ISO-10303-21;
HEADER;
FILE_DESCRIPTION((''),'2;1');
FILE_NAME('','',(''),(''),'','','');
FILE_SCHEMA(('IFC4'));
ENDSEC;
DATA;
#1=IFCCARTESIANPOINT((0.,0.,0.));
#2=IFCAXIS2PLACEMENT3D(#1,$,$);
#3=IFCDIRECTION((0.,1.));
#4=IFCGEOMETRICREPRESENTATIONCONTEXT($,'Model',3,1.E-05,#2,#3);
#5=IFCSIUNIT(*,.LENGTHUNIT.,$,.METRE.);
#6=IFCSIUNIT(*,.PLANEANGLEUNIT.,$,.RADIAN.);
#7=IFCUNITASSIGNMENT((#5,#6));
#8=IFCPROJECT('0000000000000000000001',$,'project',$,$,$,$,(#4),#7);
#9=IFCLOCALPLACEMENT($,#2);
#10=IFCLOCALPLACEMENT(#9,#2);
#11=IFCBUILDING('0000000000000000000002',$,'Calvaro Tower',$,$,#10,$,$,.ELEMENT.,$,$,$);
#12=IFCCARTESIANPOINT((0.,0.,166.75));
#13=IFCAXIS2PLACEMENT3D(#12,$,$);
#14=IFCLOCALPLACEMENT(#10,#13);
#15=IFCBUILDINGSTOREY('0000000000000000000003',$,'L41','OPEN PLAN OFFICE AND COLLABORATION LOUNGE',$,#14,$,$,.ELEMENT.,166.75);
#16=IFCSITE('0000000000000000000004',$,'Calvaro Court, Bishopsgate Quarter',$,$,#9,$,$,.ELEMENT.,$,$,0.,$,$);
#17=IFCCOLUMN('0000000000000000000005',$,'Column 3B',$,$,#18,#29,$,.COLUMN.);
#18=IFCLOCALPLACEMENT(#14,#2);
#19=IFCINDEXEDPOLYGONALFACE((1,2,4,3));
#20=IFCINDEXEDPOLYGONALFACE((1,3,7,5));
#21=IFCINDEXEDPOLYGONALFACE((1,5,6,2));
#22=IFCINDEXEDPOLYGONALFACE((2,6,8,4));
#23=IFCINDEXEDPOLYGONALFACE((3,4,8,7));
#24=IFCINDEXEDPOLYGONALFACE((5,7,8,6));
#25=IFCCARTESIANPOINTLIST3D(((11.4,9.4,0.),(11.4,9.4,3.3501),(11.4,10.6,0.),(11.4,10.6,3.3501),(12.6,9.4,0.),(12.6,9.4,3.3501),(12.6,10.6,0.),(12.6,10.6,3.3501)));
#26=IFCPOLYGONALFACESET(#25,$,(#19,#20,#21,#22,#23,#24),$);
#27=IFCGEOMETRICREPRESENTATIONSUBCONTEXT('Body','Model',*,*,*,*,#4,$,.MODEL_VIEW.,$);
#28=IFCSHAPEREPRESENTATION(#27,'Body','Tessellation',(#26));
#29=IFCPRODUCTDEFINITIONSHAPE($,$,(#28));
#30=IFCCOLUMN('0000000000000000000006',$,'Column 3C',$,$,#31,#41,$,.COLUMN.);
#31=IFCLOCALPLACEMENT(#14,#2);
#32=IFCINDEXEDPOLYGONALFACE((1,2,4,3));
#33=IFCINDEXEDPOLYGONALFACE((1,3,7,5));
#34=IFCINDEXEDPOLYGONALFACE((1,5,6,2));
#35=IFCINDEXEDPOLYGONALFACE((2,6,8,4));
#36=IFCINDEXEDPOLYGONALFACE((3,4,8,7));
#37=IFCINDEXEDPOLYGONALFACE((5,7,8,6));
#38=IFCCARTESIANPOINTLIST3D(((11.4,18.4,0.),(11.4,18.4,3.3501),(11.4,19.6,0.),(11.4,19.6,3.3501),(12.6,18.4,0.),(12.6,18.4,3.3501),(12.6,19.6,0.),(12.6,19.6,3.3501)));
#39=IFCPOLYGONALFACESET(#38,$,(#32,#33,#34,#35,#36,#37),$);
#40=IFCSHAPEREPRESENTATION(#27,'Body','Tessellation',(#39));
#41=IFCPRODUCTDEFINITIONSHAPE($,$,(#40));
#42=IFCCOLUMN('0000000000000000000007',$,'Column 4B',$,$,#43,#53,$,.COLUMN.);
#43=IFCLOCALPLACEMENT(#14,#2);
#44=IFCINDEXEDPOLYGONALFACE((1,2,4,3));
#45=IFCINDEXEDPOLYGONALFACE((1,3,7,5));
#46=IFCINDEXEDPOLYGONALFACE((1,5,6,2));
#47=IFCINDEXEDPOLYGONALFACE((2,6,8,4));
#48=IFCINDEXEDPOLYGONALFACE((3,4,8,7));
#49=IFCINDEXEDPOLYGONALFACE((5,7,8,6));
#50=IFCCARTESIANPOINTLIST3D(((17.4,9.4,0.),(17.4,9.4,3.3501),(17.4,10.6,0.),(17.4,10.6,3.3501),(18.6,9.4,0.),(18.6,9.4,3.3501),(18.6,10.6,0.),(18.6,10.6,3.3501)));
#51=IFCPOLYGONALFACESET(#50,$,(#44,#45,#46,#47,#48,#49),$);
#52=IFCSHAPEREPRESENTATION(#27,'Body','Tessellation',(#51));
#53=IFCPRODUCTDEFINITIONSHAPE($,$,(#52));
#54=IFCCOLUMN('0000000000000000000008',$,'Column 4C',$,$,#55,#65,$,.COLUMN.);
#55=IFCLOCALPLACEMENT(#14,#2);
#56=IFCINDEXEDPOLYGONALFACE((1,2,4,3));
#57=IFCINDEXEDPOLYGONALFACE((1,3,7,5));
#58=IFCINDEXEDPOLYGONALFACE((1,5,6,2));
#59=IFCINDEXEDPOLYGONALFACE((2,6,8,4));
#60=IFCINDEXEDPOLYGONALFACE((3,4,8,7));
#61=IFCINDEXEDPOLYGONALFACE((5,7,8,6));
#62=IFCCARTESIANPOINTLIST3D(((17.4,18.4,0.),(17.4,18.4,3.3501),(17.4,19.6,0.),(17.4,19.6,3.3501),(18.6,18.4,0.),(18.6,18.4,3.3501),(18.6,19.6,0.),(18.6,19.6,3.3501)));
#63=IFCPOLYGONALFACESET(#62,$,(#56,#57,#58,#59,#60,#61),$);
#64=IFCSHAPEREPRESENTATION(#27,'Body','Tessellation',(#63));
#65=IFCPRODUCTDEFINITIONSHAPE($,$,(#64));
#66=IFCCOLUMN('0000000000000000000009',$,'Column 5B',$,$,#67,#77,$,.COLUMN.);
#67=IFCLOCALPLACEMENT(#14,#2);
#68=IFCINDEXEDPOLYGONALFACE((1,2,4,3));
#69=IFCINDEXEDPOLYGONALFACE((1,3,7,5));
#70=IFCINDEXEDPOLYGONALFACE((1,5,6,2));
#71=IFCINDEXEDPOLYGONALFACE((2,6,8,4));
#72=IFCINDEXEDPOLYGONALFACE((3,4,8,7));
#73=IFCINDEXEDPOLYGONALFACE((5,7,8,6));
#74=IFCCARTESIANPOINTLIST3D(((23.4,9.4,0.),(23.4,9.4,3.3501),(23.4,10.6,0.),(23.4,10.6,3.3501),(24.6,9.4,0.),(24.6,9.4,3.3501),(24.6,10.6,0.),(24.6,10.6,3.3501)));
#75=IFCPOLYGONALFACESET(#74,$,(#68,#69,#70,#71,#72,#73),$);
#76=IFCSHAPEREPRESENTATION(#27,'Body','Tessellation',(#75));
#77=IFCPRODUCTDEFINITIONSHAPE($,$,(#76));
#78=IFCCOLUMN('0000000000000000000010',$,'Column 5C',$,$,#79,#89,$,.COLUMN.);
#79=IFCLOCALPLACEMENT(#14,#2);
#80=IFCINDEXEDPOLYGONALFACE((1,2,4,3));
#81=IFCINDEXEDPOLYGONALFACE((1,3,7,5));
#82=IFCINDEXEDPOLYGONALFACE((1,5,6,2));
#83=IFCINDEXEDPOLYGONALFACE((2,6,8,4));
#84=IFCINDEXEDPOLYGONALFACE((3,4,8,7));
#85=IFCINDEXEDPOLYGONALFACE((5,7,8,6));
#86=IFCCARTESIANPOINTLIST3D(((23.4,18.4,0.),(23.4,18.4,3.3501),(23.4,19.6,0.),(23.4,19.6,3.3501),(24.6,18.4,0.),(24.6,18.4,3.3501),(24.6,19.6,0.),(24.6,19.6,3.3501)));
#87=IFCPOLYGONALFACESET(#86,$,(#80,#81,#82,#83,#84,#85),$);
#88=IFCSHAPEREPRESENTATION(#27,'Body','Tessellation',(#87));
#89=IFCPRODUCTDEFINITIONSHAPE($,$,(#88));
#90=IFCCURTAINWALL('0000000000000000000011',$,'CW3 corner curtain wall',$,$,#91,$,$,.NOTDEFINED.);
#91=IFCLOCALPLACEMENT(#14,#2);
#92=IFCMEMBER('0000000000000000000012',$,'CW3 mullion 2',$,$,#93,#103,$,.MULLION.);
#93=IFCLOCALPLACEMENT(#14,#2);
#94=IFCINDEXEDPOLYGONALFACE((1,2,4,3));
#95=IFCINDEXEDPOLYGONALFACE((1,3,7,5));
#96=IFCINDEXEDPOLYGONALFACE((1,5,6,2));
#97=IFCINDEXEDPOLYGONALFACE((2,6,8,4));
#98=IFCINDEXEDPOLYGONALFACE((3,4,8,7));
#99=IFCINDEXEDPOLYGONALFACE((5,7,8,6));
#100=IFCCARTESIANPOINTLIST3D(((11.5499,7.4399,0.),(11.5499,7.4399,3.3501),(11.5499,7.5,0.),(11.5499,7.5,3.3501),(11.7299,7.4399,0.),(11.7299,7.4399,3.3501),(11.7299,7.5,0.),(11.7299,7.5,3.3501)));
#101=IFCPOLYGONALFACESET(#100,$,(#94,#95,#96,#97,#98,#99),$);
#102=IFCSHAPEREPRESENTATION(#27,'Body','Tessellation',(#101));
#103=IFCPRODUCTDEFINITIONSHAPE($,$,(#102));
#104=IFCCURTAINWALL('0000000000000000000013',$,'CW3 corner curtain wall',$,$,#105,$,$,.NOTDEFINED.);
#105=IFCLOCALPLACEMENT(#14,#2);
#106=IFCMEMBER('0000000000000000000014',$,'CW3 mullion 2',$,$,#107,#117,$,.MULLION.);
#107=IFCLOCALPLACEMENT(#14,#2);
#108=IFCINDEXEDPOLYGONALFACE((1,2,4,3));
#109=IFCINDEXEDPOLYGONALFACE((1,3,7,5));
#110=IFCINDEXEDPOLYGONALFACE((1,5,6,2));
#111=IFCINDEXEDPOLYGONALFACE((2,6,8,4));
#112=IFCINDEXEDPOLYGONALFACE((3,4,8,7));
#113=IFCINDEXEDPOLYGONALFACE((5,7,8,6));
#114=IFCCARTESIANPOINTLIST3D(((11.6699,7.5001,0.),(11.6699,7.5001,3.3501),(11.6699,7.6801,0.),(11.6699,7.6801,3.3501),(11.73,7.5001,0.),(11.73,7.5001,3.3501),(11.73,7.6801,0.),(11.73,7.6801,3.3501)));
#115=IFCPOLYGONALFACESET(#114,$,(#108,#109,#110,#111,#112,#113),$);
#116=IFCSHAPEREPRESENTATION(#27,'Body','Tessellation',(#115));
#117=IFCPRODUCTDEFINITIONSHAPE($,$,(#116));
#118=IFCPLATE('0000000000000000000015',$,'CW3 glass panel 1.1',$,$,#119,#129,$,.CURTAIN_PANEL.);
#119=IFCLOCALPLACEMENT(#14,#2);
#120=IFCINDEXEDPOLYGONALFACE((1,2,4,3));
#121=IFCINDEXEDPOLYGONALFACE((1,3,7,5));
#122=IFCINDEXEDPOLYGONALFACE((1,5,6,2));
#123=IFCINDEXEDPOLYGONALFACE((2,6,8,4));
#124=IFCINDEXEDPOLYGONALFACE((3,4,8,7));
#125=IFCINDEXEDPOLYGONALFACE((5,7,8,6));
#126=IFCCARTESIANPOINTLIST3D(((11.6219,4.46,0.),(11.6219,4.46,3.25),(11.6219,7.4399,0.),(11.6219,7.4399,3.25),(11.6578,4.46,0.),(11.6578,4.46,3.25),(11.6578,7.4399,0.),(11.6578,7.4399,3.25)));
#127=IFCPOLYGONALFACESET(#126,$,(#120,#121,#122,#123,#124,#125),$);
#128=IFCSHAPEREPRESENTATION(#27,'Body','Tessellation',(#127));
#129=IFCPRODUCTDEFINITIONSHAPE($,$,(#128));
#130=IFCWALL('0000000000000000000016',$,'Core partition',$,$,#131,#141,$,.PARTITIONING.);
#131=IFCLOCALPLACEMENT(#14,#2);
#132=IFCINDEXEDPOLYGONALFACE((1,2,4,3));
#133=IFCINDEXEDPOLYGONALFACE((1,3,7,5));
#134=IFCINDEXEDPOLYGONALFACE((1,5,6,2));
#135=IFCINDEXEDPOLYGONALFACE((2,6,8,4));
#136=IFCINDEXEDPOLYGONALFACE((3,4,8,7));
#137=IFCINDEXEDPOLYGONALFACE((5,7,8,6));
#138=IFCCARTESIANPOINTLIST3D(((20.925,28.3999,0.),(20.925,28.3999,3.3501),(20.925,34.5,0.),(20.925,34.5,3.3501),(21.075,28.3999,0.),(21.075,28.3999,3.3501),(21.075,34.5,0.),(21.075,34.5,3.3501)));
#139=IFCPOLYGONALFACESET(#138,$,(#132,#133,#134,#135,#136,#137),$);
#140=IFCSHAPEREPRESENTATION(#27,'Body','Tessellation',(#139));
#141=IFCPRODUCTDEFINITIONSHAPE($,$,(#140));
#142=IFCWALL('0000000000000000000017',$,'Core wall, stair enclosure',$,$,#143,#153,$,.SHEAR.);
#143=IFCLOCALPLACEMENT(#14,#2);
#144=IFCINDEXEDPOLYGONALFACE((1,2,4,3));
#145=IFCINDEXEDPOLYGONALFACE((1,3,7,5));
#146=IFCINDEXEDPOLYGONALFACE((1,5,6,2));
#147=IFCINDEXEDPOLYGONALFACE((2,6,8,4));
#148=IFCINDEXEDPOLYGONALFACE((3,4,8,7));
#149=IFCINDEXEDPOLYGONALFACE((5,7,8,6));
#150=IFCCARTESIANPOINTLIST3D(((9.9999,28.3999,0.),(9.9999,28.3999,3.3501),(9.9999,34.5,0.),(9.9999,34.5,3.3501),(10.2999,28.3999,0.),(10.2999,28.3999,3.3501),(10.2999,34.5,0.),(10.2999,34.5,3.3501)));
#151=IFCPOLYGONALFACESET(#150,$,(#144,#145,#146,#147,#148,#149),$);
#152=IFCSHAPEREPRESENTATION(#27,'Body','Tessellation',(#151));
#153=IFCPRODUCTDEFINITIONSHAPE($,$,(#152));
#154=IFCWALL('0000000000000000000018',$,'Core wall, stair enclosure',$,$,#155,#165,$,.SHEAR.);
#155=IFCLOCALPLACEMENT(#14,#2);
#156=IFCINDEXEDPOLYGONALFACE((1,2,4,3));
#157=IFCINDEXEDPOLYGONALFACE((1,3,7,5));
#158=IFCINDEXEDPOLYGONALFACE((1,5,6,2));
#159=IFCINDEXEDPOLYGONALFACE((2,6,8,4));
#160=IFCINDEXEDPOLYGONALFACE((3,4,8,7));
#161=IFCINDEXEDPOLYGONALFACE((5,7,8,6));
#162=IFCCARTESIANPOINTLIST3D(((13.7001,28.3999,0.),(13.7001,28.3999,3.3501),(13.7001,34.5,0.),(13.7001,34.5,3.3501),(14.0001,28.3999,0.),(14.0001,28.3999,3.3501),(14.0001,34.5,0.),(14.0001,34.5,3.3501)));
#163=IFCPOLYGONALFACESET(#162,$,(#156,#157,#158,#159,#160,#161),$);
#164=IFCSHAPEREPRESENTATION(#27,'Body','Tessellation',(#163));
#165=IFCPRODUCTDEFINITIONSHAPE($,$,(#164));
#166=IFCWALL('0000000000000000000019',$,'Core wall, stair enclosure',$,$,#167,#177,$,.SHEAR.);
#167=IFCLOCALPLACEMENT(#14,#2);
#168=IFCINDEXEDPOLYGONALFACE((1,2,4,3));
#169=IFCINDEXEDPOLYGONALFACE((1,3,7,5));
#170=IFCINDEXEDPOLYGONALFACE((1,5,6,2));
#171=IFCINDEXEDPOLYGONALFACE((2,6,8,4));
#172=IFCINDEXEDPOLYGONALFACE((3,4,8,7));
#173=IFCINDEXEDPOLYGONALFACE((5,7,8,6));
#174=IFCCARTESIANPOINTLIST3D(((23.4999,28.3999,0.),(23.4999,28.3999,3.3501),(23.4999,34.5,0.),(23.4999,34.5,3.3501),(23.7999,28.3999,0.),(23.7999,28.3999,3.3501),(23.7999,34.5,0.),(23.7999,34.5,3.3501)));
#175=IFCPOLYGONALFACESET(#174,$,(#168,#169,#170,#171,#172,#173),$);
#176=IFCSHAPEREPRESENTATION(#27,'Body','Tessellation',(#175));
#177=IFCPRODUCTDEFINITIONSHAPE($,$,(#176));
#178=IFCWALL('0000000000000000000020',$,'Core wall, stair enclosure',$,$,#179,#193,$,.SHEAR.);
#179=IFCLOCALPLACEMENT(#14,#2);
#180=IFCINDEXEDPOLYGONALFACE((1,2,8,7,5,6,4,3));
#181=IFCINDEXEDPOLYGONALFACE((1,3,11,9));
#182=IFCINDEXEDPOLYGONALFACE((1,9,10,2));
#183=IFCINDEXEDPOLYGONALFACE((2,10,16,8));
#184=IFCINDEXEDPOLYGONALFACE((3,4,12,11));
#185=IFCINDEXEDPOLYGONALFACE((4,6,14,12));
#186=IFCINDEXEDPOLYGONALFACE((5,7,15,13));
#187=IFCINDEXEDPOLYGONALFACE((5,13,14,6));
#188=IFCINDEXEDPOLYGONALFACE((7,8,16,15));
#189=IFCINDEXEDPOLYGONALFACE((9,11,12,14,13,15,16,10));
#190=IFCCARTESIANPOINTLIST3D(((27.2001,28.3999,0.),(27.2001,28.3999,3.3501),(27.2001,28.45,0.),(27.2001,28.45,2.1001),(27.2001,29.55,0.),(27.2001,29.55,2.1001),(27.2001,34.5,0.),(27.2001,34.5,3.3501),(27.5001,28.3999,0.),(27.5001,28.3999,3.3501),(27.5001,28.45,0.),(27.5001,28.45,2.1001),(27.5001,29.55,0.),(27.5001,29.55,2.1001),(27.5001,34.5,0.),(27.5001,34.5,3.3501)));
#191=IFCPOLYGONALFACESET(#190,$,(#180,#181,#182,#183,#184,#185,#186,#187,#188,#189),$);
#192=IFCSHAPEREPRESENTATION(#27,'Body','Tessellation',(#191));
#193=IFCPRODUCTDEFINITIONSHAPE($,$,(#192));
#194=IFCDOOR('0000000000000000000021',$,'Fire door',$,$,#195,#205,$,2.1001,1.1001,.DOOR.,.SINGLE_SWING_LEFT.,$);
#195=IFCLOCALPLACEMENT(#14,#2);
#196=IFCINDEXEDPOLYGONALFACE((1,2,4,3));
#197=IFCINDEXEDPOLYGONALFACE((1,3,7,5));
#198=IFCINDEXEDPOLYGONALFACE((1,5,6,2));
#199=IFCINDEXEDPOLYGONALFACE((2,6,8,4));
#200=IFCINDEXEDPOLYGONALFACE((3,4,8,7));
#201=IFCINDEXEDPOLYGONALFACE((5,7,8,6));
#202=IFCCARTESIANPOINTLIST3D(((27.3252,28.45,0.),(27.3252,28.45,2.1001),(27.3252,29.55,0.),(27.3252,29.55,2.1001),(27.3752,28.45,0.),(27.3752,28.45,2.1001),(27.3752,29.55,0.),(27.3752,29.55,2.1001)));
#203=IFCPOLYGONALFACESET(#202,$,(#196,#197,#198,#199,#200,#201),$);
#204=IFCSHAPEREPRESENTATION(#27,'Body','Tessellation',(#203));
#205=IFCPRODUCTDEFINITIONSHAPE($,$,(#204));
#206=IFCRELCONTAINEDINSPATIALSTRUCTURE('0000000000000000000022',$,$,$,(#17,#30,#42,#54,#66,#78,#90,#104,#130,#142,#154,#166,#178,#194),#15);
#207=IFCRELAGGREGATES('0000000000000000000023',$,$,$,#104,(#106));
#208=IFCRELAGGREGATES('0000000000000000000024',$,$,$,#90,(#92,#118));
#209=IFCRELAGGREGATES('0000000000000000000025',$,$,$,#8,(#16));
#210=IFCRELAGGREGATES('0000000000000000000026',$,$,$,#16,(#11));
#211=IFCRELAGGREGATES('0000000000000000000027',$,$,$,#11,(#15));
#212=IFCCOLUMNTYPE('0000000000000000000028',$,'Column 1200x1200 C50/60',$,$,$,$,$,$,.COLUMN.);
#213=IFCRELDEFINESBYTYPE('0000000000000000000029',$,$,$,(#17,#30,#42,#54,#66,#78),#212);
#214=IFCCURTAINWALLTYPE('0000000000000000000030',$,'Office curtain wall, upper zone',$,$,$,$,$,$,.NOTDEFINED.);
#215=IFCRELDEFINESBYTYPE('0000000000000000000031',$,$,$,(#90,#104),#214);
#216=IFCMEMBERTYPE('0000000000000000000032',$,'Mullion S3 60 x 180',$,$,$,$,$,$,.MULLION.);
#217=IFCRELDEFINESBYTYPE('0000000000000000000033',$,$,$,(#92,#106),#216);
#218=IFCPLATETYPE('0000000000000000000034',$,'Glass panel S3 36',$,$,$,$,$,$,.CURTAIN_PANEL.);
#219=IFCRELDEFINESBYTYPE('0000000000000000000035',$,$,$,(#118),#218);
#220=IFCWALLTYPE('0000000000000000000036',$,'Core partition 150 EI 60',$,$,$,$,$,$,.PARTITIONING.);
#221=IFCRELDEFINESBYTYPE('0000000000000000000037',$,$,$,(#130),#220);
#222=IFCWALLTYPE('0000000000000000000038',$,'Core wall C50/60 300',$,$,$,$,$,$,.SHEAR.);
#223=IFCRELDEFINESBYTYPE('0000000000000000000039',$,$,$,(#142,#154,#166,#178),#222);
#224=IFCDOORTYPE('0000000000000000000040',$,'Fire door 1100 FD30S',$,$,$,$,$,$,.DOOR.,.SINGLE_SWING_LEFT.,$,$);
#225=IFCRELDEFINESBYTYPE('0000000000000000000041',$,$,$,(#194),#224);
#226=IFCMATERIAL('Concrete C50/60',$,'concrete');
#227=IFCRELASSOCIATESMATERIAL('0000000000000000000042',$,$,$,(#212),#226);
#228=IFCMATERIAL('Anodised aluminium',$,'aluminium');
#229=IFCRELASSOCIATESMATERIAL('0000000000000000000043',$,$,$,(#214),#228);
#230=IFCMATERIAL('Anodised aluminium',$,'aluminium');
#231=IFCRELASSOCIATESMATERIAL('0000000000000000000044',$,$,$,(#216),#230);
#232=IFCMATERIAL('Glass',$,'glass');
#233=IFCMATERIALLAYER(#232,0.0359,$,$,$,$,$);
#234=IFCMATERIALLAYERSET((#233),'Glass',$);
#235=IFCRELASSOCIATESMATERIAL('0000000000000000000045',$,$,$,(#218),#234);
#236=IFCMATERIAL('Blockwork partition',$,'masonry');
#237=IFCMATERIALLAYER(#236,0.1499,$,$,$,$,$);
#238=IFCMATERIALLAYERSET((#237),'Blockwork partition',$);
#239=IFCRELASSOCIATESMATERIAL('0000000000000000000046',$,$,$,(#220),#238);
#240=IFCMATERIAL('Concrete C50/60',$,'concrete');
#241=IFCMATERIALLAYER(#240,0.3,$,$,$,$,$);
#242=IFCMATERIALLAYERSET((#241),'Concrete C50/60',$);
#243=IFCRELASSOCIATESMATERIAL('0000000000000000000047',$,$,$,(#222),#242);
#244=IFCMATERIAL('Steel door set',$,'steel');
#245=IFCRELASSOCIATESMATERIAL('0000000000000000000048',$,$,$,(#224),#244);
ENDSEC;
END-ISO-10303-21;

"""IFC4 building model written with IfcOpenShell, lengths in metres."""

from ifc_helpers import new_model, si_unit, direction, frame, frame_2d, origin, origin_2d, place, context, subcontext, project, spatial, rectangle, extrude, material, layer, layer_set, material_profile, profile_set, type_object, element, fill, aggregate, save


model = new_model("IFC4")

# Units and contexts
model_context = context("Model", 3, precision=1e-05, world=origin(), true_north=direction((0.0, 1.0)))
body_context = subcontext(model_context, "Body", "Model", "MODEL_VIEW")
ifc_project = project(units=[si_unit("LENGTHUNIT", "METRE"), si_unit("PLANEANGLEUNIT", "RADIAN")], contexts=[model_context])

# Site, building, storey
site_placement = place(None, origin())
site = spatial("IfcSite", under=ifc_project, at=site_placement, Name="Calvaro Court, Bishopsgate Quarter", CompositionType="ELEMENT", RefElevation=0.0)
building_placement = place(site_placement, origin())
building = spatial("IfcBuilding", under=site, at=building_placement, Name="Calvaro Tower", CompositionType="ELEMENT")
storey_placement = place(building_placement, frame((0.0, 0.0, 166.75)))
storey = spatial("IfcBuildingStorey", under=building, at=storey_placement, Name="L41", Description="OPEN PLAN OFFICE AND COLLABORATION LOUNGE", CompositionType="ELEMENT", Elevation=166.75)

# Columns
ifc_material_1 = material(Name="Concrete C50/60", Category="concrete")
ifc_material_profile_1 = material_profile(ifc_material_1, rectangle(XDim=1.2, YDim=1.2, at=origin_2d()), Name="RC 1200x1200")
ifc_profile_set_1 = profile_set([ifc_material_profile_1], Name="Concrete C50/60")
column_type = type_object("IfcColumnType", Name="Column 1200x1200 C50/60", PredefinedType="COLUMN", material=ifc_profile_set_1)
for number, where, z_axis, x_axis, name in (
    (1, (12.0, 10.0, 0.0), (0.0, 0.0, 1.0), (1.0, 0.0, 0.0), "Column 3B"),
    (2, (12.0, 19.0, 0.0), (0.0, 0.0, 1.0), (1.0, 0.0, 0.0), "Column 3C"),
    (3, (18.0, 10.0, 0.0), (0.0, 0.0, 1.0), (1.0, 0.0, 0.0), "Column 4B"),
    (4, (18.0, 19.0, 0.0), (0.0, 0.0, 1.0), (1.0, 0.0, 0.0), "Column 4C"),
    (5, (24.0, 10.0, 0.0), (0.0, 0.0, 1.0), (1.0, 0.0, 0.0), "Column 5B"),
    (6, (24.0, 19.0, 0.0), (0.0, 0.0, 1.0), (1.0, 0.0, 0.0), "Column 5C"),
):
    element("IfcColumn", number, at=place(storey_placement, frame(where, z_axis=z_axis, x_axis=x_axis)), inside=storey, type_object=column_type, Name=name, PredefinedType="COLUMN", context=body_context, shape_type="SweptSolid", body=[
        extrude(rectangle(XDim=1.2, YDim=1.2, at=origin_2d()), origin(), (0.0, 0.0, 1.0), 3.3501),
    ])

# Curtain walls, members
ifc_material_2 = material(Name="Anodised aluminium", Category="aluminium")
curtain_wall_type = type_object("IfcCurtainWallType", Name="Office curtain wall, upper zone", PredefinedType="NOTDEFINED", material=ifc_material_2)
curtain_wall_1_placement = place(storey_placement, origin())
curtain_wall_1 = element("IfcCurtainWall", 7, at=curtain_wall_1_placement, inside=storey, type_object=curtain_wall_type, Name="CW3 corner curtain wall", PredefinedType="NOTDEFINED")
ifc_material_3 = material(Name="Anodised aluminium", Category="aluminium")
ifc_material_profile_2 = material_profile(ifc_material_3, rectangle(XDim=0.1799, YDim=0.0601, at=origin_2d()), Name="Mullion S3 60 x 180")
ifc_profile_set_2 = profile_set([ifc_material_profile_2], Name="Anodised aluminium")
member_type = type_object("IfcMemberType", Name="Mullion S3 60 x 180", PredefinedType="MULLION", material=ifc_profile_set_2)
member_1_placement = place(storey_placement, frame((11.6399, 7.47, 0.0), z_axis=(0.0, 0.0, 1.0), x_axis=(-1.0, 0.0, 0.0)))
member_1 = element("IfcMember", 8, at=member_1_placement, type_object=member_type, Name="CW3 mullion 2", PredefinedType="MULLION", context=body_context, shape_type="SweptSolid", body=[
    extrude(rectangle(XDim=0.1799, YDim=0.0601, at=origin_2d()), origin(), (0.0, 0.0, 1.0), 3.3501),
])
curtain_wall_2_placement = place(storey_placement, origin())
curtain_wall_2 = element("IfcCurtainWall", 9, at=curtain_wall_2_placement, inside=storey, type_object=curtain_wall_type, Name="CW3 corner curtain wall", PredefinedType="NOTDEFINED")
member_2_placement = place(storey_placement, frame((11.7, 7.5901, 0.0), z_axis=(0.0, 0.0, 1.0), x_axis=(0.0, 1.0, 0.0)))
member_2 = element("IfcMember", 10, at=member_2_placement, type_object=member_type, Name="CW3 mullion 2", PredefinedType="MULLION", context=body_context, shape_type="SweptSolid", body=[
    extrude(rectangle(XDim=0.1799, YDim=0.0601, at=origin_2d()), origin(), (0.0, 0.0, 1.0), 3.3501),
])
aggregate(curtain_wall_2, [member_2])

# Plate
ifc_material_4 = material(Name="Glass", Category="glass")
ifc_layer_1 = layer(ifc_material_4, 0.0359)
ifc_layer_set_1 = layer_set([ifc_layer_1], Name="Glass")
plate_type = type_object("IfcPlateType", Name="Glass panel S3 36", PredefinedType="CURTAIN_PANEL", material=ifc_layer_set_1)
plate_placement = place(storey_placement, frame((11.6399, 5.95, 0.0), z_axis=(0.0, 0.0, 1.0), x_axis=(0.0, 1.0, 0.0)))
plate = element("IfcPlate", 11, at=plate_placement, type_object=plate_type, Name="CW3 glass panel 1.1", PredefinedType="CURTAIN_PANEL", context=body_context, shape_type="SweptSolid", body=[
    extrude(rectangle(XDim=2.98, YDim=0.0359, at=origin_2d()), origin(), (0.0, 0.0, 1.0), 3.25),
])
aggregate(curtain_wall_1, [member_1, plate])

# Walls
ifc_material_5 = material(Name="Blockwork partition", Category="masonry")
ifc_layer_2 = layer(ifc_material_5, 0.1499)
ifc_layer_set_2 = layer_set([ifc_layer_2], Name="Blockwork partition")
wall_type_1 = type_object("IfcWallType", Name="Core partition 150 EI 60", PredefinedType="PARTITIONING", material=ifc_layer_set_2)
wall_1_placement = place(storey_placement, frame((21.0, 28.3999, 0.0), z_axis=(0.0, 0.0, 1.0), x_axis=(0.0, 1.0, 0.0)))
element("IfcWall", 12, at=wall_1_placement, inside=storey, type_object=wall_type_1, Name="Core partition", PredefinedType="PARTITIONING", context=body_context, shape_type="SweptSolid", body=[
    extrude(rectangle(XDim=6.1001, YDim=0.1499, at=frame_2d((3.05, 0.0))), origin(), (0.0, 0.0, 1.0), 3.3501),
])
ifc_material_6 = material(Name="Concrete C50/60", Category="concrete")
ifc_layer_3 = layer(ifc_material_6, 0.3)
ifc_layer_set_3 = layer_set([ifc_layer_3], Name="Concrete C50/60")
wall_type_2 = type_object("IfcWallType", Name="Core wall C50/60 300", PredefinedType="SHEAR", material=ifc_layer_set_3)
for number, where, z_axis, x_axis, name in (
    (13, (10.1499, 28.3999, 0.0), (0.0, 0.0, 1.0), (0.0, 1.0, 0.0), "Core wall, stair enclosure"),
    (14, (13.8501, 28.3999, 0.0), (0.0, 0.0, 1.0), (0.0, 1.0, 0.0), "Core wall, stair enclosure"),
    (15, (23.6499, 28.3999, 0.0), (0.0, 0.0, 1.0), (0.0, 1.0, 0.0), "Core wall, stair enclosure"),
):
    element("IfcWall", number, at=place(storey_placement, frame(where, z_axis=z_axis, x_axis=x_axis)), inside=storey, type_object=wall_type_2, Name=name, PredefinedType="SHEAR", context=body_context, shape_type="SweptSolid", body=[
        extrude(rectangle(XDim=6.1001, YDim=0.3, at=frame_2d((3.05, 0.0))), origin(), (0.0, 0.0, 1.0), 3.3501),
    ])

# Wall, opening, door
wall_2_placement = place(storey_placement, frame((27.3501, 28.3999, 0.0), z_axis=(0.0, 0.0, 1.0), x_axis=(0.0, 1.0, 0.0)))
wall_2 = element("IfcWall", 16, at=wall_2_placement, inside=storey, type_object=wall_type_2, Name="Core wall, stair enclosure", PredefinedType="SHEAR", context=body_context, shape_type="SweptSolid", body=[
    extrude(rectangle(XDim=6.1001, YDim=0.3, at=frame_2d((3.05, 0.0))), origin(), (0.0, 0.0, 1.0), 3.3501),
])
opening_1_placement = place(wall_2_placement, frame((0.05, 0.0, 0.0)))
opening_1 = element("IfcOpeningElement", 17, at=opening_1_placement, cuts=wall_2, PredefinedType="OPENING", context=body_context, shape_type="SweptSolid", body=[
    extrude(rectangle(XDim=1.1001, YDim=2.1001, at=frame_2d((0.55, 1.05))), frame((0.0, 0.1599, 0.0), z_axis=(0.0, -1.0, 0.0), x_axis=(1.0, 0.0, 0.0)), (0.0, 0.0, 1.0), 0.3201),
])
ifc_material_7 = material(Name="Steel door set", Category="steel")
door_type_1 = type_object("IfcDoorType", Name="Fire door 1100 FD30S", OperationType="SINGLE_SWING_LEFT", PredefinedType="DOOR", material=ifc_material_7)
door_1_placement = place(opening_1_placement, origin())
door_1 = element("IfcDoor", 18, at=door_1_placement, inside=storey, type_object=door_type_1, Name="Fire door", OperationType="SINGLE_SWING_LEFT", OverallHeight=2.1001, OverallWidth=1.1001, PredefinedType="DOOR", context=body_context, shape_type="SweptSolid", body=[
    extrude(rectangle(XDim=1.1001, YDim=2.1001, at=frame_2d((0.55, 1.05))), frame((0.0, 0.0249, 0.0), z_axis=(0.0, -1.0, 0.0), x_axis=(1.0, 0.0, 0.0)), (0.0, 0.0, 1.0), 0.05),
])
fill(opening_1, door_1)

save(model, "model.ifc")
